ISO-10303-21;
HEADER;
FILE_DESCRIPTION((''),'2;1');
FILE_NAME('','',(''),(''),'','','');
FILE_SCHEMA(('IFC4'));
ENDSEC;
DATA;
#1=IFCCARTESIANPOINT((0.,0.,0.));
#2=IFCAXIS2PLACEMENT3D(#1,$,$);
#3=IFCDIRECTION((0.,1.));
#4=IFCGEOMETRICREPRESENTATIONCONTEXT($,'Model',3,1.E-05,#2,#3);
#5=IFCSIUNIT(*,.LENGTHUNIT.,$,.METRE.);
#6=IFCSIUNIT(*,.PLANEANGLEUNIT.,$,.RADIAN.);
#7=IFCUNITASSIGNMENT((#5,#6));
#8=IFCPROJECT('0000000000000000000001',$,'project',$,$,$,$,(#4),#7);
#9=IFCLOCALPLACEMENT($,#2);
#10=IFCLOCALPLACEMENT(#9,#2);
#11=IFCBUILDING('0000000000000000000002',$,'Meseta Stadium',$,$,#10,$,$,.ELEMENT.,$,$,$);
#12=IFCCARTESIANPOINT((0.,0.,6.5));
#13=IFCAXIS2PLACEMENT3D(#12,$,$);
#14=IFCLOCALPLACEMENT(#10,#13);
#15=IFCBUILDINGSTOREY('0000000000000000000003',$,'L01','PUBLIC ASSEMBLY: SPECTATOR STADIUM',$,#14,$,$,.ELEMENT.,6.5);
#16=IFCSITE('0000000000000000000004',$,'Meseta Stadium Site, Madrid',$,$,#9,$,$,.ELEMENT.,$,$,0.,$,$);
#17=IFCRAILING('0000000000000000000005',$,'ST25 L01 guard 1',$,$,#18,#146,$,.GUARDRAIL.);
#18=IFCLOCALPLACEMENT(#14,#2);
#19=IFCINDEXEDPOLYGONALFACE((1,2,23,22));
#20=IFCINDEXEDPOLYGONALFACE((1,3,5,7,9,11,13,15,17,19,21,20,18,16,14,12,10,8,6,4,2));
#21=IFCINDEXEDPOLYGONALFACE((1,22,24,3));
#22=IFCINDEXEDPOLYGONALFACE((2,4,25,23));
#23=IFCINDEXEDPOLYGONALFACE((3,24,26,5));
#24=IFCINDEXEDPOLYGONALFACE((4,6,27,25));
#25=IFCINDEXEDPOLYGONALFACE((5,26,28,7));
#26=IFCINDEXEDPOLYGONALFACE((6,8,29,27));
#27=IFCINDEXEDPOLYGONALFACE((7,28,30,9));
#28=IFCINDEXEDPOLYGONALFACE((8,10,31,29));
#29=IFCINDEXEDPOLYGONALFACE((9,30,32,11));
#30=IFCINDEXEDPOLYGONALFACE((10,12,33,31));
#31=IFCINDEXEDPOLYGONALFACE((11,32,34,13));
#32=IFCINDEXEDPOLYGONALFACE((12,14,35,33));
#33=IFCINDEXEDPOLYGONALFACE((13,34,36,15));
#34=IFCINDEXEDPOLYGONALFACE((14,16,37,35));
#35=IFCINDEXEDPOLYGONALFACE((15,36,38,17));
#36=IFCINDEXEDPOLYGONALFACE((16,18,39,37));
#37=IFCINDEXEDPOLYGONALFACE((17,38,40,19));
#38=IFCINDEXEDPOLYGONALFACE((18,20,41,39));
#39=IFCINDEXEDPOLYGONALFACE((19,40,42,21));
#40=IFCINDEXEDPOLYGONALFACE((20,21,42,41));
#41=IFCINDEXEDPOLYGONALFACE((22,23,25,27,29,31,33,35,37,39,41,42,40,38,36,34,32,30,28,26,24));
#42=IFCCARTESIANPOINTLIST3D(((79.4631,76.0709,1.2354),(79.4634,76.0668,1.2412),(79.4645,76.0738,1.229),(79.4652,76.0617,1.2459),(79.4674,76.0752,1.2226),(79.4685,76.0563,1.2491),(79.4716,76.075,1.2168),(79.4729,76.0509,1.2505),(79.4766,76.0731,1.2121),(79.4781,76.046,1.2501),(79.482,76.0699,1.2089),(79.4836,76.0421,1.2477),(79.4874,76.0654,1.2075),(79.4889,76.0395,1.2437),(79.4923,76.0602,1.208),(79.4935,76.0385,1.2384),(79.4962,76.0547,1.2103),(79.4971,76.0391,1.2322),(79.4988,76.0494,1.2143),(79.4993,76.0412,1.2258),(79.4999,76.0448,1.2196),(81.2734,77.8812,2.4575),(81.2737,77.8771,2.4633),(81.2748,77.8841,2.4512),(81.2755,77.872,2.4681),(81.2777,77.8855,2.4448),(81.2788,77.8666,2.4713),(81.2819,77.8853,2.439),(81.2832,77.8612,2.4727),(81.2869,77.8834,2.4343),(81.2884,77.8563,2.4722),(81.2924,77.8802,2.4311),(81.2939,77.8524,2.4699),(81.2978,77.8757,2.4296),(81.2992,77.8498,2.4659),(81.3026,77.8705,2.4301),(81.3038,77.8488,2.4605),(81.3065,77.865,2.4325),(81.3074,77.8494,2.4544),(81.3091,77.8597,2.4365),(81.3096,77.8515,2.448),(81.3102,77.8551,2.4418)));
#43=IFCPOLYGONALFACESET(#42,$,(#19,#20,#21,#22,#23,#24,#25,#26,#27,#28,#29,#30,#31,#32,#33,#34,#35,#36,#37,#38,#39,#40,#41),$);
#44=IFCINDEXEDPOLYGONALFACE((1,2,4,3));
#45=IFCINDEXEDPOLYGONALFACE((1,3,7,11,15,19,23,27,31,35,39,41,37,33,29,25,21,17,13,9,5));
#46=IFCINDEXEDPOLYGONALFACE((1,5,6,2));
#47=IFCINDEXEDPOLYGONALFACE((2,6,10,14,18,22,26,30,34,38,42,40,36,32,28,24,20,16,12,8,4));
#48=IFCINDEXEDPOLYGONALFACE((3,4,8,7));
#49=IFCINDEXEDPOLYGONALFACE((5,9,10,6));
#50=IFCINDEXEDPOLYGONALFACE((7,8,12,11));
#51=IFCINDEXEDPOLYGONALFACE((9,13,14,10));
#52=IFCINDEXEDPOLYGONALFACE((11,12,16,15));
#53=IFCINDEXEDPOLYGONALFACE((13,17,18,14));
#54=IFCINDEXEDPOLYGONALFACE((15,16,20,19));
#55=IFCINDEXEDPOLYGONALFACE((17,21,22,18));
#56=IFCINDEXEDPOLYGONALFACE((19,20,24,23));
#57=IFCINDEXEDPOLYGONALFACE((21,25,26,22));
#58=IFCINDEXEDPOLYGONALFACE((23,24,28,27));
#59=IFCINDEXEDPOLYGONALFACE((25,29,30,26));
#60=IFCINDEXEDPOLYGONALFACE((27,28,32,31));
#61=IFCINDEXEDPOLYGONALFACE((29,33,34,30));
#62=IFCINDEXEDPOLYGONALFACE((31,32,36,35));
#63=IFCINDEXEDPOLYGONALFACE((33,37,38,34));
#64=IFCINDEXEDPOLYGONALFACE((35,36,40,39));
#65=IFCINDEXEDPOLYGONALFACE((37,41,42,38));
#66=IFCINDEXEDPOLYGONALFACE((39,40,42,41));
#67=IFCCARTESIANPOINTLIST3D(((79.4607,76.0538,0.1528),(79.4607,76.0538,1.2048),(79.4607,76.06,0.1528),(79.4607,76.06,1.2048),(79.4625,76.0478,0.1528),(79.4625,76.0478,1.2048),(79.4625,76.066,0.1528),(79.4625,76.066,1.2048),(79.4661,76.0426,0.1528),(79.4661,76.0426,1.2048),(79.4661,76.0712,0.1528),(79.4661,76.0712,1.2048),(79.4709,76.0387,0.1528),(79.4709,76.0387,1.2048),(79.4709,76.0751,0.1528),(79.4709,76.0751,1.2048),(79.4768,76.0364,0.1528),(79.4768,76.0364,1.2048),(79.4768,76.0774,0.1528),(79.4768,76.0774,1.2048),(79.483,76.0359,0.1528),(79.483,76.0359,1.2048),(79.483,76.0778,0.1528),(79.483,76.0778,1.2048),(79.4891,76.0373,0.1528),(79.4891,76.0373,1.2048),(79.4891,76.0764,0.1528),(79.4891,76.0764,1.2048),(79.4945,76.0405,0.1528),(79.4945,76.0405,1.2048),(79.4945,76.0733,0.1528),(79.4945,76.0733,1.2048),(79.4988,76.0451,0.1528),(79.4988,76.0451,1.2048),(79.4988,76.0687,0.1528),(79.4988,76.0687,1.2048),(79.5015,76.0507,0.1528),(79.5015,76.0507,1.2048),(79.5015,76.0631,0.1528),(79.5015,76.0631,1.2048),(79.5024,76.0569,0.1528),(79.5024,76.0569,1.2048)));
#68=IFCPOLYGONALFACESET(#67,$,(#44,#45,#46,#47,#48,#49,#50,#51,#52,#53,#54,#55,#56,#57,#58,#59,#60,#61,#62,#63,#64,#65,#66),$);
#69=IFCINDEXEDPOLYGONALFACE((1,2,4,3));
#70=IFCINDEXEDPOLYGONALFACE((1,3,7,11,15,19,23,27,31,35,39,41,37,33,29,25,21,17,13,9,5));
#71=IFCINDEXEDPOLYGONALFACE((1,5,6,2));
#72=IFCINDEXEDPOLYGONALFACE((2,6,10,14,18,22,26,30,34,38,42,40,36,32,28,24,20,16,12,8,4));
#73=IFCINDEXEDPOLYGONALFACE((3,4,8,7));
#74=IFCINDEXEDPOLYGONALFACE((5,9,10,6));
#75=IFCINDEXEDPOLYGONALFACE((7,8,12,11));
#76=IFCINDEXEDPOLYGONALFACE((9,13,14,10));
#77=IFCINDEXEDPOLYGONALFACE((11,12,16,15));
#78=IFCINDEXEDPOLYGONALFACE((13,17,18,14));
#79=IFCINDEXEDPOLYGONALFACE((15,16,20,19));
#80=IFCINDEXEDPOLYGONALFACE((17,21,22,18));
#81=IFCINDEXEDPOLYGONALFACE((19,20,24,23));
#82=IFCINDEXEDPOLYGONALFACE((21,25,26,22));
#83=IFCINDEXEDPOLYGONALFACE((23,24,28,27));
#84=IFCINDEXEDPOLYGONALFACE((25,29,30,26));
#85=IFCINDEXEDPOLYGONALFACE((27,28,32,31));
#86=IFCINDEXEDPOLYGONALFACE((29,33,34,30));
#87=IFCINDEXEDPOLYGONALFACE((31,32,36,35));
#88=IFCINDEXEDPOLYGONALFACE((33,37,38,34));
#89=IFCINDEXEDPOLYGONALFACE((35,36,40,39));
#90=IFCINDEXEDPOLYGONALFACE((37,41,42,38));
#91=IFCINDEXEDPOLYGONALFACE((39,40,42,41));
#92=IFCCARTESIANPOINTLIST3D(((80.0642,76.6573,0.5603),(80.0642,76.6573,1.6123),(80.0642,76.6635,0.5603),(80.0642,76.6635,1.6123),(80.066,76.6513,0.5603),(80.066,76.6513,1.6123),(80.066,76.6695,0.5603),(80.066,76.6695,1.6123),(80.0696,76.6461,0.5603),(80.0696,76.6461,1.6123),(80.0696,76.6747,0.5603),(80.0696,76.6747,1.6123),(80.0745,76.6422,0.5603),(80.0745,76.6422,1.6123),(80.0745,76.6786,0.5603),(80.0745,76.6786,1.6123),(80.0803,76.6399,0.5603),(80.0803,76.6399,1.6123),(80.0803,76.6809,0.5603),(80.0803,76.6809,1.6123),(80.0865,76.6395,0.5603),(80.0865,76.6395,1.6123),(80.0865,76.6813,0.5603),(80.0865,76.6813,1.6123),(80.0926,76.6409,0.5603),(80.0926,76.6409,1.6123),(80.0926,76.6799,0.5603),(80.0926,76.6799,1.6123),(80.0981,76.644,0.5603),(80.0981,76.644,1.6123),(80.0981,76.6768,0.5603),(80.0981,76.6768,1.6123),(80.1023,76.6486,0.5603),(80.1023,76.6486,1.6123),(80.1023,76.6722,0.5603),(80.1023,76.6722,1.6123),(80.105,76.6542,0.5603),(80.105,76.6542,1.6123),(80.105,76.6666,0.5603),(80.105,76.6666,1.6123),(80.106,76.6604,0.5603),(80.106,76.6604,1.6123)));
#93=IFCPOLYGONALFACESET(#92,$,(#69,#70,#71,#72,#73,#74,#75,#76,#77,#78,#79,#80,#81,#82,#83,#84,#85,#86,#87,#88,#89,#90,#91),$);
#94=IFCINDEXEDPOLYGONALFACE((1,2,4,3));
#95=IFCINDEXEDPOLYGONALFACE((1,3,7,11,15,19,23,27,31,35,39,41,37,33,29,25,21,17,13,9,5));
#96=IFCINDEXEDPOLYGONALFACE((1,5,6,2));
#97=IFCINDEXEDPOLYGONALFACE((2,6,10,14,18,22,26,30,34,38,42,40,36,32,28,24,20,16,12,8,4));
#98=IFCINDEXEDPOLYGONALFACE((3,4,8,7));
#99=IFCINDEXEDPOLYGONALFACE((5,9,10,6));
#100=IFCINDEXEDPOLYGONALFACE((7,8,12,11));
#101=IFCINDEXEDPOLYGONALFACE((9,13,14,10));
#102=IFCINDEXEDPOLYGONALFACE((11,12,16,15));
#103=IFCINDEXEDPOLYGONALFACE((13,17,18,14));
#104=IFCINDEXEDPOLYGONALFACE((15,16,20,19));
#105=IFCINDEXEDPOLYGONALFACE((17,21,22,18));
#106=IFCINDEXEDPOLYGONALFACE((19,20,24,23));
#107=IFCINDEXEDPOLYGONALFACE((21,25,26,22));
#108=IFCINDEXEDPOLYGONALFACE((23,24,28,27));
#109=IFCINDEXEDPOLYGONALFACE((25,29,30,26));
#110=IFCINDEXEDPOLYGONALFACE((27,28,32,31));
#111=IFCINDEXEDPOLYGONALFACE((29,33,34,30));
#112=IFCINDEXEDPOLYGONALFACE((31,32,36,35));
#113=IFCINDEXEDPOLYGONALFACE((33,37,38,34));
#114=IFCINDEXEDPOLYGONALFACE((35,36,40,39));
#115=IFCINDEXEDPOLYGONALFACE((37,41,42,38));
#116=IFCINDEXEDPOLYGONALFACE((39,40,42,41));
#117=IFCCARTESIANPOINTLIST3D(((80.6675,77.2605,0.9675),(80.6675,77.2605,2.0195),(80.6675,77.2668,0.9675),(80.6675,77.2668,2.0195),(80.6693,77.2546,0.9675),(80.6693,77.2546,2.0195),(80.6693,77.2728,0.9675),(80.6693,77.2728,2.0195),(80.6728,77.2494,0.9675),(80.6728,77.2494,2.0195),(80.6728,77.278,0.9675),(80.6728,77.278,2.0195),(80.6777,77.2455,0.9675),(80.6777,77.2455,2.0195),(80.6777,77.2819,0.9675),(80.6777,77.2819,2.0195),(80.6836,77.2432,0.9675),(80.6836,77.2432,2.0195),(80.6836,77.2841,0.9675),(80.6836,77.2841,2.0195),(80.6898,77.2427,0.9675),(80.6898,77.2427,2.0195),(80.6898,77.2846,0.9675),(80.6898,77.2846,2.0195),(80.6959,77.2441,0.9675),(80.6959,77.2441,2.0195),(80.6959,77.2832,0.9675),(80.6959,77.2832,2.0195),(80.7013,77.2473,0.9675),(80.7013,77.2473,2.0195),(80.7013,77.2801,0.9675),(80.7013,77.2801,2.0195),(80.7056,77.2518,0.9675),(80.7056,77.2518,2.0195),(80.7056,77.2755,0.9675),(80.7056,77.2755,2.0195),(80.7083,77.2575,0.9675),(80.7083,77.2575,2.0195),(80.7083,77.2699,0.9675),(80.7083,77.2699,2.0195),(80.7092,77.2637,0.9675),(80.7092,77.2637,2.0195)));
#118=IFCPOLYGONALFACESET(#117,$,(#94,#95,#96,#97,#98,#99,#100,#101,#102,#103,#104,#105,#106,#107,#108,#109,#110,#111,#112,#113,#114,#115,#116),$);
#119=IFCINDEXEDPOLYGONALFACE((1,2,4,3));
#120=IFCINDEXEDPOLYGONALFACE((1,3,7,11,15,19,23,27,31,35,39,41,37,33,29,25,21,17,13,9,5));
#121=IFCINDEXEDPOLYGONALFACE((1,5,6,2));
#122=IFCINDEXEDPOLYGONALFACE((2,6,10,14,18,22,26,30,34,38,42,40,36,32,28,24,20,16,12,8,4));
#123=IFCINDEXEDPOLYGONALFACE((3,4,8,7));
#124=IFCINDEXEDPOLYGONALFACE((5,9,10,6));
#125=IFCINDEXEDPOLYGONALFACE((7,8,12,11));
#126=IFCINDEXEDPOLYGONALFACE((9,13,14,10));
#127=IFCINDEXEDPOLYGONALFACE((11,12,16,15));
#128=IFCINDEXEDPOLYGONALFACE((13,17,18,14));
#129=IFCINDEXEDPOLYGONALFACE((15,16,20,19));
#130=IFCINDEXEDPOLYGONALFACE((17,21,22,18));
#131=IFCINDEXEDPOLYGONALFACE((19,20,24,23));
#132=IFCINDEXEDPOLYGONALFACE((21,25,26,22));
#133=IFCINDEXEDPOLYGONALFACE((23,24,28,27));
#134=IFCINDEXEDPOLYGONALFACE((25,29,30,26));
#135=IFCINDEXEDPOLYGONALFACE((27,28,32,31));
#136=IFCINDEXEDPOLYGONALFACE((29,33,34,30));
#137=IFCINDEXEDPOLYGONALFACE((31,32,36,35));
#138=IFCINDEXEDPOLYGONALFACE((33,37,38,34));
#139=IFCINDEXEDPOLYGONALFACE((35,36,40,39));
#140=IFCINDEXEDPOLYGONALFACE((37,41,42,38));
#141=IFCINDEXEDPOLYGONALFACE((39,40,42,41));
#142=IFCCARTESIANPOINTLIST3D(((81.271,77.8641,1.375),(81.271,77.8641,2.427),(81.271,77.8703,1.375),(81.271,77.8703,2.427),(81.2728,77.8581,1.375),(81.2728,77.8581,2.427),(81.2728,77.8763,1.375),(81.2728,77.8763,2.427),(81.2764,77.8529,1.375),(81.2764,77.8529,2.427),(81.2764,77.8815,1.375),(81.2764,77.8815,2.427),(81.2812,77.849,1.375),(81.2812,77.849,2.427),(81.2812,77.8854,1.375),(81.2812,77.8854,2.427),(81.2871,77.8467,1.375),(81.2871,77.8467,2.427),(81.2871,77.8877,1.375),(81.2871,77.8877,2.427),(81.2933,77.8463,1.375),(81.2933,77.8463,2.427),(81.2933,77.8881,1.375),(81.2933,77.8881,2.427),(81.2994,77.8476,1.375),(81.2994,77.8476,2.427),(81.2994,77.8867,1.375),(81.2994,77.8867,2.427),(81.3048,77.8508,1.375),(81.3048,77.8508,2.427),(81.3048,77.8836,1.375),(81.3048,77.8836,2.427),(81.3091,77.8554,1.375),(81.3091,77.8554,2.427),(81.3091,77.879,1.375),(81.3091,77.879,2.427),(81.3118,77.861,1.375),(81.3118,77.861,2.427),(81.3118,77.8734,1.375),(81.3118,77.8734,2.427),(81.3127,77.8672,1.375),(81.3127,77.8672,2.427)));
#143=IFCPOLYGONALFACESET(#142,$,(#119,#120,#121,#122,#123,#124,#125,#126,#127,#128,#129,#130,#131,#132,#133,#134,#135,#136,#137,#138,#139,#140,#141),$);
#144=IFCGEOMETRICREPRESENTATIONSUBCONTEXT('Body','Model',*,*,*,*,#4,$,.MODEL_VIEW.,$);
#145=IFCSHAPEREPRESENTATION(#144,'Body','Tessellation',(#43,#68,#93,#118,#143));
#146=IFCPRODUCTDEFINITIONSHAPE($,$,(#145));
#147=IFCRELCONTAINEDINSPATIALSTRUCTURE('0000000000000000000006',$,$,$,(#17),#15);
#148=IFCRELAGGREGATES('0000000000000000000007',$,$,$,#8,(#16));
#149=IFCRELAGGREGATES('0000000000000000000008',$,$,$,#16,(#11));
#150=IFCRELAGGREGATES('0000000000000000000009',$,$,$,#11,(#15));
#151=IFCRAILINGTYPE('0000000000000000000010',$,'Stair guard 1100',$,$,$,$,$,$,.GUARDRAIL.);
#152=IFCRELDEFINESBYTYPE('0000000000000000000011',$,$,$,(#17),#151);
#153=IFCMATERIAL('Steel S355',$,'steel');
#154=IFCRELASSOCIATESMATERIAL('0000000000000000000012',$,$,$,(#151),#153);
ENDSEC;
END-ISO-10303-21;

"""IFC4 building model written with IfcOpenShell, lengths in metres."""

from ifc_helpers import new_model, si_unit, direction, frame, origin, origin_2d, place, context, subcontext, project, spatial, circle, extrude, material, type_object, element, save


model = new_model("IFC4")

# Units and contexts
model_context = context("Model", 3, precision=1e-05, world=origin(), true_north=direction((0.0, 1.0)))
body_context = subcontext(model_context, "Body", "Model", "MODEL_VIEW")
ifc_project = project(units=[si_unit("LENGTHUNIT", "METRE"), si_unit("PLANEANGLEUNIT", "RADIAN")], contexts=[model_context])

# Site, building, storey
site_placement = place(None, origin())
site = spatial("IfcSite", under=ifc_project, at=site_placement, Name="Meseta Stadium Site, Madrid", CompositionType="ELEMENT", RefElevation=0.0)
building_placement = place(site_placement, origin())
building = spatial("IfcBuilding", under=site, at=building_placement, Name="Meseta Stadium", CompositionType="ELEMENT")
storey_placement = place(building_placement, frame((0.0, 0.0, 6.5)))
storey = spatial("IfcBuildingStorey", under=building, at=storey_placement, Name="L01", Description="PUBLIC ASSEMBLY: SPECTATOR STADIUM", CompositionType="ELEMENT", Elevation=6.5)

# Railing
ifc_material_1 = material(Name="Steel S355", Category="steel")
railing_type_1 = type_object("IfcRailingType", Name="Stair guard 1100", PredefinedType="GUARDRAIL", material=ifc_material_1)
railing_1_placement = place(storey_placement, frame((79.4814, 76.0569, 0.1528)))
element("IfcRailing", 1, at=railing_1_placement, inside=storey, type_object=railing_type_1, Name="ST25 L01 guard 1", PredefinedType="GUARDRAIL", context=body_context, shape_type="SweptSolid", body=[
    extrude(circle(Radius=0.0239, at=origin_2d()), frame((0.0, 0.0, 1.0762), z_axis=(0.638124, 0.638124, 0.430809), x_axis=(-0.707107, 0.707107, 0.0)), (0.0, 0.0, 1.0), 2.8369),
    extrude(circle(Radius=0.021, at=origin_2d()), origin(), (0.0, 0.0, 1.0), 1.052),
    extrude(circle(Radius=0.021, at=origin_2d()), frame((0.6035, 0.6035, 0.4075)), (0.0, 0.0, 1.0), 1.052),
    extrude(circle(Radius=0.021, at=origin_2d()), frame((1.2068, 1.2068, 0.8147)), (0.0, 0.0, 1.0), 1.052),
    extrude(circle(Radius=0.021, at=origin_2d()), frame((1.8103, 1.8103, 1.2222)), (0.0, 0.0, 1.0), 1.052),
])

save(model, "model.ifc")
